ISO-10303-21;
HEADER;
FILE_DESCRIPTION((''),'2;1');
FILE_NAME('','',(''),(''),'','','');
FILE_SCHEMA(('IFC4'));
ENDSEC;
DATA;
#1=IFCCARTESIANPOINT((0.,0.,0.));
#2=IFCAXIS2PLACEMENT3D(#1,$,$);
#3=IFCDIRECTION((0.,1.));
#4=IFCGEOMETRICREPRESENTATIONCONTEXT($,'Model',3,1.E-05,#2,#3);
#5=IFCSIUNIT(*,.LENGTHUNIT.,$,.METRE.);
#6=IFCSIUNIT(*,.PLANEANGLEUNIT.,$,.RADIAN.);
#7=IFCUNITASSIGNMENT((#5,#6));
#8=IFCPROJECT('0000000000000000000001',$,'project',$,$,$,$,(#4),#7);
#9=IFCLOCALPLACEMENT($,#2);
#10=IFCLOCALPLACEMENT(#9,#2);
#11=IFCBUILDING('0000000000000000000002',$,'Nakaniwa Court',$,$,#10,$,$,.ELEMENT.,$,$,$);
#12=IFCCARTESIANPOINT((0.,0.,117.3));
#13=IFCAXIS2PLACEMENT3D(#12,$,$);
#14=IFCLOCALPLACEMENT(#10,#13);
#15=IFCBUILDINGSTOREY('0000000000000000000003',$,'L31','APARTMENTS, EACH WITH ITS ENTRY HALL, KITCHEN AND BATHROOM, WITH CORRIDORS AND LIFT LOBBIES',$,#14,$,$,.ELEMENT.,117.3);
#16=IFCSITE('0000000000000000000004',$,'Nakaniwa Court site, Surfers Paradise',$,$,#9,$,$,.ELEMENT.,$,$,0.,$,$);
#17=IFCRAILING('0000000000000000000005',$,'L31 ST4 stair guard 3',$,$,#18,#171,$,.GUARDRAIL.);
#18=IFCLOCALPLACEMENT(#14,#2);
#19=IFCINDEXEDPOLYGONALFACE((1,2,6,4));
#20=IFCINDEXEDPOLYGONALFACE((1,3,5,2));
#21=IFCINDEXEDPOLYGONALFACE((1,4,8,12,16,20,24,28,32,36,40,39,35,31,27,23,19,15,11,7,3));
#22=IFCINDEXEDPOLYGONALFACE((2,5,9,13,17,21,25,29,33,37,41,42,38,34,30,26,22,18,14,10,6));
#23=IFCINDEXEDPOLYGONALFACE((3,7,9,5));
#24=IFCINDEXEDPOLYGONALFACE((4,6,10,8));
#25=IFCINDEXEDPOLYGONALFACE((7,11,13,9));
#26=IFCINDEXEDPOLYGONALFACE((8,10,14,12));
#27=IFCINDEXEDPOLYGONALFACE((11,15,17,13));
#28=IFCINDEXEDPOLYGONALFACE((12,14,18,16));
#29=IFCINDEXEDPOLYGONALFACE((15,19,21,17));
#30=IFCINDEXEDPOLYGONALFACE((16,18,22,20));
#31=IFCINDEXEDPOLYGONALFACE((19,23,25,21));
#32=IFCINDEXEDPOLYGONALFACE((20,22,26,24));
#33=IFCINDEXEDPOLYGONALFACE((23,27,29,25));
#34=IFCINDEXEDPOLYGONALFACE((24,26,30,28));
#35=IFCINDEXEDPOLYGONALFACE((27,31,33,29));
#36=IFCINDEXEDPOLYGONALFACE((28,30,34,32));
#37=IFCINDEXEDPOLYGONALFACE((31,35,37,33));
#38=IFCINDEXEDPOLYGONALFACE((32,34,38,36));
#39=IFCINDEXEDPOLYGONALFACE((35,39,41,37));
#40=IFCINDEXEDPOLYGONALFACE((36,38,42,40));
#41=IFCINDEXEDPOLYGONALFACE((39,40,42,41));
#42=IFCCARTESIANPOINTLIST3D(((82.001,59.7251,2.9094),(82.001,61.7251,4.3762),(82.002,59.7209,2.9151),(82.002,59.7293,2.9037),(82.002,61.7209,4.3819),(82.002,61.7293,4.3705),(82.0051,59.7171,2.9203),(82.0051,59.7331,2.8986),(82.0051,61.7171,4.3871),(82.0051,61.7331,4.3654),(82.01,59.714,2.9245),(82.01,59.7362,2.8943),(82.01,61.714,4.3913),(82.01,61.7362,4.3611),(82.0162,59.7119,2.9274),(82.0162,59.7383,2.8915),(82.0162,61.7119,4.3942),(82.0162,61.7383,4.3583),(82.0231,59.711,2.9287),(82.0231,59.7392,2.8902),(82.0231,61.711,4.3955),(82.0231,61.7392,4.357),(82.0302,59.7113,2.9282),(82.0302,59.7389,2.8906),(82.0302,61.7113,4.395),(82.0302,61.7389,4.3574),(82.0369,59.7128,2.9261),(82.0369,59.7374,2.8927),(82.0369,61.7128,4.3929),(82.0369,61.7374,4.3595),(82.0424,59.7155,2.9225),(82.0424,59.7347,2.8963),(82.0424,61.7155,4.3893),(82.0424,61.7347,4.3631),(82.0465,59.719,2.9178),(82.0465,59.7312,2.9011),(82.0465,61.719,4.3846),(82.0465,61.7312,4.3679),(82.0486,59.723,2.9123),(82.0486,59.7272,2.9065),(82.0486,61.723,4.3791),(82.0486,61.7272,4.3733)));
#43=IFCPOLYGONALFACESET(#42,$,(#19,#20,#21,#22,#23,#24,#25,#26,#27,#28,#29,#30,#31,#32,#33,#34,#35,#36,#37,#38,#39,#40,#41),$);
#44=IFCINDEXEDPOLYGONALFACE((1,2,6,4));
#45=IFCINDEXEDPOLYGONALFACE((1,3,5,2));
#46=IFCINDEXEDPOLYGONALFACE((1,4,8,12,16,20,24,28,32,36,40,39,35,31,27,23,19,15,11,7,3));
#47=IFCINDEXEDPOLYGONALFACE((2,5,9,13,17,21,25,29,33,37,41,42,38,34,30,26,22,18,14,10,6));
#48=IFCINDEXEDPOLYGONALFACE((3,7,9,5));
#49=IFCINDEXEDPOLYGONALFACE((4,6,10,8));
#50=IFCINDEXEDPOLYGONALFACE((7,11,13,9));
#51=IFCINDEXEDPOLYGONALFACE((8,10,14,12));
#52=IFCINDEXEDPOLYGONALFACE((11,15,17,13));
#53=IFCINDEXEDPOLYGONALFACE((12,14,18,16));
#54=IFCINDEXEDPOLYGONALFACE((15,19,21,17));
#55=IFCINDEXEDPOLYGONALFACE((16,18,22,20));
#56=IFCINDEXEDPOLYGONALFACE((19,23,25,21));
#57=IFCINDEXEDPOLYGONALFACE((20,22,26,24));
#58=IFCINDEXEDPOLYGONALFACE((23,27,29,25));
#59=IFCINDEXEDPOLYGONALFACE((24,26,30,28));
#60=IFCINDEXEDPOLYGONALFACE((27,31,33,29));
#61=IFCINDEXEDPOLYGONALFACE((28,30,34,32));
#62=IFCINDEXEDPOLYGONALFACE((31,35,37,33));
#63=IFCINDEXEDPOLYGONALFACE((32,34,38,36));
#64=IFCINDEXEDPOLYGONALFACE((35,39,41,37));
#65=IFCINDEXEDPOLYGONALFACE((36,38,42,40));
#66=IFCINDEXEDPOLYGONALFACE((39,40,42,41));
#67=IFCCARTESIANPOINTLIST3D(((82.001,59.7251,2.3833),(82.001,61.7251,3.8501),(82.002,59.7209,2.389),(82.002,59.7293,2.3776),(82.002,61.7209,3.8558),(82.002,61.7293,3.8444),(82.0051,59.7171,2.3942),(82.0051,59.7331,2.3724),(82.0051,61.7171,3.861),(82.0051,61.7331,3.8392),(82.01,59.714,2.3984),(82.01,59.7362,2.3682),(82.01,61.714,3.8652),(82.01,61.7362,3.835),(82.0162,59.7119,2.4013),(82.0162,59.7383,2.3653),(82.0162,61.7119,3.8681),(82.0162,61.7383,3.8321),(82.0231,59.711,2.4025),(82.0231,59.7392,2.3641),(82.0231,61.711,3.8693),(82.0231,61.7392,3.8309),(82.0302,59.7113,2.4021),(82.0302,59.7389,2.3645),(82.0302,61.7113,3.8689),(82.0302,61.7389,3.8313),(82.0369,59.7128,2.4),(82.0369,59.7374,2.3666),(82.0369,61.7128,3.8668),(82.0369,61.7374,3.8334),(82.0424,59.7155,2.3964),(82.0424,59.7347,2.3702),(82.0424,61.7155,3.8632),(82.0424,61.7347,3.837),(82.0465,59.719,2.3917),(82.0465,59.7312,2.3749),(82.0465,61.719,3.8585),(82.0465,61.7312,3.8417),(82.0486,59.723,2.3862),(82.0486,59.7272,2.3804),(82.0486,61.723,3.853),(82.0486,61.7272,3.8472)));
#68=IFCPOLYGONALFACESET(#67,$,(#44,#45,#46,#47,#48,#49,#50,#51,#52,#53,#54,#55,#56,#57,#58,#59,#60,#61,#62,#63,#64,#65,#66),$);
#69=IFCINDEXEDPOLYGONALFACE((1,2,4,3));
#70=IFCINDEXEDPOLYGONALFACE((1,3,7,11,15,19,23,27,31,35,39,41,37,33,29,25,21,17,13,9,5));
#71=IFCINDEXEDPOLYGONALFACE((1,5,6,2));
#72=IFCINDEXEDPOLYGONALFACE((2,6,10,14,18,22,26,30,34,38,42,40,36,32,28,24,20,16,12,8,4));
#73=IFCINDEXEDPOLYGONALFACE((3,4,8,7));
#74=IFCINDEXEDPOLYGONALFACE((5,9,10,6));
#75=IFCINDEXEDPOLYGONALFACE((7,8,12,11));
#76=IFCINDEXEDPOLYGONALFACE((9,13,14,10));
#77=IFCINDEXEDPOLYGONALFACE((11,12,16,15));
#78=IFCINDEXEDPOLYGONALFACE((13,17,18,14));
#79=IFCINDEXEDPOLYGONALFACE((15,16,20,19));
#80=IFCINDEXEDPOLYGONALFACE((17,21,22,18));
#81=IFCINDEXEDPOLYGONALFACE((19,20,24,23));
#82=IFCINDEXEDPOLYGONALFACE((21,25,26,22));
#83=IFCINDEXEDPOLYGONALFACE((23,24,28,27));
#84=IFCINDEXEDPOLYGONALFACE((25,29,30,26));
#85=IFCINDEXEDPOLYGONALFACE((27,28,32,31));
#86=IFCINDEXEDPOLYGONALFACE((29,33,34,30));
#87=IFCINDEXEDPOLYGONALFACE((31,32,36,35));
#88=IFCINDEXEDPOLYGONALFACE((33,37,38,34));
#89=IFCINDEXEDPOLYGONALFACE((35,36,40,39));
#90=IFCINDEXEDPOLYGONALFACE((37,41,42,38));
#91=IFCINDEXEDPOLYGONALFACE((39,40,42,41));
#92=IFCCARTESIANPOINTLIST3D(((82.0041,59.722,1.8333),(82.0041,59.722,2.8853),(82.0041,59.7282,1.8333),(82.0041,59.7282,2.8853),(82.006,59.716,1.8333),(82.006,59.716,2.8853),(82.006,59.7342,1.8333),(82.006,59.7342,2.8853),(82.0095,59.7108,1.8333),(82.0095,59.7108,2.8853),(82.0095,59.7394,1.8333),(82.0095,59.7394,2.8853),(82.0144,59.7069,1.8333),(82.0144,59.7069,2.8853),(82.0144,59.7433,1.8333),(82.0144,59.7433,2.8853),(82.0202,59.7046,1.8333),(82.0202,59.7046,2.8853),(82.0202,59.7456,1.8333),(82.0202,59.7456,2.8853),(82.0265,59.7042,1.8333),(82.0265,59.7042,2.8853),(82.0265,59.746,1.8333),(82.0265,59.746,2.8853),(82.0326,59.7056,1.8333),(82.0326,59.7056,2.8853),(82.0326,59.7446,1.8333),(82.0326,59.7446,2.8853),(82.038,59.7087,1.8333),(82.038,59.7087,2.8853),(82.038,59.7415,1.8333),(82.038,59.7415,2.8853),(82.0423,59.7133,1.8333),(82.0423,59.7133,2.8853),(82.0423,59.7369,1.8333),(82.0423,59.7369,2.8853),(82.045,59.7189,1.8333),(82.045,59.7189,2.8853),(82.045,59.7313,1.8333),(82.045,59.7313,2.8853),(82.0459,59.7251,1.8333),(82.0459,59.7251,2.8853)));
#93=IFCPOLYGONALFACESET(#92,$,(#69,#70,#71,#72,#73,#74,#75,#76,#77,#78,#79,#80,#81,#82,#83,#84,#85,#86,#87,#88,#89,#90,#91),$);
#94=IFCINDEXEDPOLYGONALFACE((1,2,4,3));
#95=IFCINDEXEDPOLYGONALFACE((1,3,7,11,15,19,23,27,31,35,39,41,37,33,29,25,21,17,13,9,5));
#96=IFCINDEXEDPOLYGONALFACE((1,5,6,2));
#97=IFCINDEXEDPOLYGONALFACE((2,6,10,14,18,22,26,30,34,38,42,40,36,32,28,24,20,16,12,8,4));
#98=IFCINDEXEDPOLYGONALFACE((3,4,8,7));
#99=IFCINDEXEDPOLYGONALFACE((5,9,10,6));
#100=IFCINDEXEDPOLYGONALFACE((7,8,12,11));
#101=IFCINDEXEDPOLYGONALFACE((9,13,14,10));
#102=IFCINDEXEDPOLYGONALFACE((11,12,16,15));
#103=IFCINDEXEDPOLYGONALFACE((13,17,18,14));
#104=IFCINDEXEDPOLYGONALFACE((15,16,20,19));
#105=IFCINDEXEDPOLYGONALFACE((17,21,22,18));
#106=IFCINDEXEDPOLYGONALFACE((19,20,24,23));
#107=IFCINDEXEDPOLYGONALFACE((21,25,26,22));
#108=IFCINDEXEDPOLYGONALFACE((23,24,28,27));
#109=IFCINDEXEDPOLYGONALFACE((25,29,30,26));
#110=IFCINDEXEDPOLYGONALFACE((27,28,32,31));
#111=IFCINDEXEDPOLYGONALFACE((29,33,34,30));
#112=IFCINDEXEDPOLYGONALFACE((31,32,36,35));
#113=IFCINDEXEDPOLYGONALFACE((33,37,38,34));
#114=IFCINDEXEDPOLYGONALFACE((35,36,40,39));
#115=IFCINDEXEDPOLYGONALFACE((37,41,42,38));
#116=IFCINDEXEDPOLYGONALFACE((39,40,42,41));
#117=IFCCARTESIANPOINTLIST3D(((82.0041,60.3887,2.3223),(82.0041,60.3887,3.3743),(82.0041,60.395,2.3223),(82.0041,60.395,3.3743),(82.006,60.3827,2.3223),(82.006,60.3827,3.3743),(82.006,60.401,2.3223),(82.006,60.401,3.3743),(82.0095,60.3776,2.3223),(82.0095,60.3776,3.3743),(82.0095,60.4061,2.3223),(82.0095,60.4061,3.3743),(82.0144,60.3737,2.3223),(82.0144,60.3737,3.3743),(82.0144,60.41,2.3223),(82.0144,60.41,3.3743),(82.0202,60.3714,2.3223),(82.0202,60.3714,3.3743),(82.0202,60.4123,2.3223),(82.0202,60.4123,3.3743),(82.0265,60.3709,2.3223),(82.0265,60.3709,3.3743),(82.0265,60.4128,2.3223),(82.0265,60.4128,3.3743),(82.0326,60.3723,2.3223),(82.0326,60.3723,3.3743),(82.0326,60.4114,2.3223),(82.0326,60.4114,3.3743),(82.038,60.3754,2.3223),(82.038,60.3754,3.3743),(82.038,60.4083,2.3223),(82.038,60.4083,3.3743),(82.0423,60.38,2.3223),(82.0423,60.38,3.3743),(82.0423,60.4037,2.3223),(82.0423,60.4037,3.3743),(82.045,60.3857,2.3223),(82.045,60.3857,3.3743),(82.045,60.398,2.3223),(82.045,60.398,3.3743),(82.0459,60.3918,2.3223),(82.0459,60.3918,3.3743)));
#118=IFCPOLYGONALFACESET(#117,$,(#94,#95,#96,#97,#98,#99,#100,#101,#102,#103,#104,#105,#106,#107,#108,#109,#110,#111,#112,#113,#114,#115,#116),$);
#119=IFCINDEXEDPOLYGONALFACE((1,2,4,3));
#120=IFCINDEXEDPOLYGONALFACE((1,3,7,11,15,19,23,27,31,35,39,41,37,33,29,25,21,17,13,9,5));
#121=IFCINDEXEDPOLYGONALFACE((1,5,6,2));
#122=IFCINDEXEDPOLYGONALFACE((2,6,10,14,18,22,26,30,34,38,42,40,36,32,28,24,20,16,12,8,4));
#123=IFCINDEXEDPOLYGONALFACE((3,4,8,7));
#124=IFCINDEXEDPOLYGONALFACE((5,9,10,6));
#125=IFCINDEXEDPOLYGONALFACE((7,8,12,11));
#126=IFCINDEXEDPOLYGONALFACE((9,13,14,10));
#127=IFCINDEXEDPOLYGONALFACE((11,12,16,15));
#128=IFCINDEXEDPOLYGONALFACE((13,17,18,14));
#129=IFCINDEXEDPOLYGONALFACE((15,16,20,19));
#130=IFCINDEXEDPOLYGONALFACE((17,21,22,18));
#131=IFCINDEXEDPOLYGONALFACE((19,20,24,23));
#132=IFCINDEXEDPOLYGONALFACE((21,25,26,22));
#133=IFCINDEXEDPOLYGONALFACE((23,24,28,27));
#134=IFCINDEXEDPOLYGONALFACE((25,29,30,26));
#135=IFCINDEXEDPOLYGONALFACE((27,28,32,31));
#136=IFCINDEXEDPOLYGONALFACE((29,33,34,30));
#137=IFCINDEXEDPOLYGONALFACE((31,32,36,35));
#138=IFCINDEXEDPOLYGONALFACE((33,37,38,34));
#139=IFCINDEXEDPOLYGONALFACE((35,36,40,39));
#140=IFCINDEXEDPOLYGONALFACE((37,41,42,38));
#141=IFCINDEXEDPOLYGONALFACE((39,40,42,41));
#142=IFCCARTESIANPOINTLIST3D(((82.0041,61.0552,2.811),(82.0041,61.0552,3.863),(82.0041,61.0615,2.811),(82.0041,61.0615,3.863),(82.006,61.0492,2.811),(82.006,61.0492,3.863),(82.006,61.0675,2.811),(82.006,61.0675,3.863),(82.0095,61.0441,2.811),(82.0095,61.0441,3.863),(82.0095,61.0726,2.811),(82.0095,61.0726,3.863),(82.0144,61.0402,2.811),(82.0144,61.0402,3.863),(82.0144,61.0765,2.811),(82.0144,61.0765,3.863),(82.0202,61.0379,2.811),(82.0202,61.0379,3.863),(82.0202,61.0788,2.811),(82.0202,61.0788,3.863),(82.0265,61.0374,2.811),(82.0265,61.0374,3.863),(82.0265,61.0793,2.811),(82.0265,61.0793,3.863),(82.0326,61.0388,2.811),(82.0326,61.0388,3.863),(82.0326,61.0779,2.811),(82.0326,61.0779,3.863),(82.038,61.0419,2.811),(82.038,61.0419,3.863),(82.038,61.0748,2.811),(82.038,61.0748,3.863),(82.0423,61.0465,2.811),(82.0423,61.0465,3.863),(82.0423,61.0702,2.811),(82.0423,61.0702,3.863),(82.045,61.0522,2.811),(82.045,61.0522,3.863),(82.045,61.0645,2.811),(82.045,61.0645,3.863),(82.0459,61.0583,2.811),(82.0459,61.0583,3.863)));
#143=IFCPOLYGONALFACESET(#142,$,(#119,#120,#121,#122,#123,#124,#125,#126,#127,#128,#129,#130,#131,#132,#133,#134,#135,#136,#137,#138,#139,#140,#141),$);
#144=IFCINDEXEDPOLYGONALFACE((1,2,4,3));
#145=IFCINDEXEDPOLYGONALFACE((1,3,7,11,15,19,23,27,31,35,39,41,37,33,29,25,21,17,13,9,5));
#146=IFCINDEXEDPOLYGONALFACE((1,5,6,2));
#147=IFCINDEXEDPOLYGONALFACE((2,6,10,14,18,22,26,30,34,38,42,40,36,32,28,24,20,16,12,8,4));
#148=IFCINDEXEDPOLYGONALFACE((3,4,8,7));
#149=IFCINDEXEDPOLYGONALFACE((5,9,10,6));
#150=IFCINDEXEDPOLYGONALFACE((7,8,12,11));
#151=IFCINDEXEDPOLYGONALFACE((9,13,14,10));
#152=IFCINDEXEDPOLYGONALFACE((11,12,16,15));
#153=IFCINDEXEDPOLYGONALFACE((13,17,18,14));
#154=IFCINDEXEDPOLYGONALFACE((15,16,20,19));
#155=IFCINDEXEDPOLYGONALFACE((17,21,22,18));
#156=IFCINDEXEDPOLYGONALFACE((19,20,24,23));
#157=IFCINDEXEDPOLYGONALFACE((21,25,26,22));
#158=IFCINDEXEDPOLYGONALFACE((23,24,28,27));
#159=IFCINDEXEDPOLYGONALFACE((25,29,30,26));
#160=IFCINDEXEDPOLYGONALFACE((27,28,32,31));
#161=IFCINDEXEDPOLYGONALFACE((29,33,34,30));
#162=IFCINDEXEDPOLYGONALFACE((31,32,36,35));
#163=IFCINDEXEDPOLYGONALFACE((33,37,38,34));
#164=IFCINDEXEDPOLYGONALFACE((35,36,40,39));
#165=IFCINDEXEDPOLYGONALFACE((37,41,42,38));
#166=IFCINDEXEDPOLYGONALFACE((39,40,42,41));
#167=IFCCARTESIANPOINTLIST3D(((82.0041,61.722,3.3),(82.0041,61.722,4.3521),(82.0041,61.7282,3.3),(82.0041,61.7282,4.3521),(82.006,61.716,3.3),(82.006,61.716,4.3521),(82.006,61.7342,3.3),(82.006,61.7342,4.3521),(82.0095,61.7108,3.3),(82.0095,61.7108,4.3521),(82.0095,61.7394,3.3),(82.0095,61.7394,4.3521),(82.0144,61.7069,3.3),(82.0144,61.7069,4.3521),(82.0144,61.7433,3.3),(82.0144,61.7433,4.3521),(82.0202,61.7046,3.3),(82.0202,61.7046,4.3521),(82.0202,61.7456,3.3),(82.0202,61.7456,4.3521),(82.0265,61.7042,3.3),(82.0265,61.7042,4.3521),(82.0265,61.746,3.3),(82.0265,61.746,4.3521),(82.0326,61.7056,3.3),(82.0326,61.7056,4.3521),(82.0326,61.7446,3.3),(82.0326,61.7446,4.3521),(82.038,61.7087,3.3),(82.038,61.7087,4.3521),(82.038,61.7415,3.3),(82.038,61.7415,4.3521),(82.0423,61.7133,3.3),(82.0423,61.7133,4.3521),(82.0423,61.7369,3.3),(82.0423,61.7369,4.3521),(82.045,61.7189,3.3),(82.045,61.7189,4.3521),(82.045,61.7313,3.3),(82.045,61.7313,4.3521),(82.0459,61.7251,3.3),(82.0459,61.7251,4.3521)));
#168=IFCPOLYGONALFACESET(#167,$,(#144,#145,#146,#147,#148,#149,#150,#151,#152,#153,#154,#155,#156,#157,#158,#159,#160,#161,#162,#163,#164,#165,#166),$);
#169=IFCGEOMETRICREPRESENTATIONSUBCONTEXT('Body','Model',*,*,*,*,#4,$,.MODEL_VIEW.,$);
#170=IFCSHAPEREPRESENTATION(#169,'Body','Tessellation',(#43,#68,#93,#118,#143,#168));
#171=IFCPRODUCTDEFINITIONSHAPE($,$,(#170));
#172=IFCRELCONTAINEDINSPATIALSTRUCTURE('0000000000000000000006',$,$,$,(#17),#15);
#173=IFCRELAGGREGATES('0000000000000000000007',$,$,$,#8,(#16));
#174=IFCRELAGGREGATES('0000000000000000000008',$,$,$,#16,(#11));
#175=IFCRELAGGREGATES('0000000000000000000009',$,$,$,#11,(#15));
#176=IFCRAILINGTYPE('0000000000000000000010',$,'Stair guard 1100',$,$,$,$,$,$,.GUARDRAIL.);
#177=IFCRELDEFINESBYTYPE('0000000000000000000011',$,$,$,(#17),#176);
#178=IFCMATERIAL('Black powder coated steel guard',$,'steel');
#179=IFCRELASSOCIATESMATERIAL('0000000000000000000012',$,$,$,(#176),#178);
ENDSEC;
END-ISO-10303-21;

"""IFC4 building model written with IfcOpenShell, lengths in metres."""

from ifc_helpers import new_model, si_unit, direction, frame, origin, origin_2d, place, context, subcontext, project, spatial, circle, extrude, material, type_object, element, save


model = new_model("IFC4")

# Units and contexts
model_context = context("Model", 3, precision=1e-05, world=origin(), true_north=direction((0.0, 1.0)))
body_context = subcontext(model_context, "Body", "Model", "MODEL_VIEW")
ifc_project = project(units=[si_unit("LENGTHUNIT", "METRE"), si_unit("PLANEANGLEUNIT", "RADIAN")], contexts=[model_context])

# Site, building, storey
site_placement = place(None, origin())
site = spatial("IfcSite", under=ifc_project, at=site_placement, Name="Nakaniwa Court site, Surfers Paradise", CompositionType="ELEMENT", RefElevation=0.0)
building_placement = place(site_placement, origin())
building = spatial("IfcBuilding", under=site, at=building_placement, Name="Nakaniwa Court", CompositionType="ELEMENT")
storey_placement = place(building_placement, frame((0.0, 0.0, 117.3)))
storey = spatial("IfcBuildingStorey", under=building, at=storey_placement, Name="L31", Description="APARTMENTS, EACH WITH ITS ENTRY HALL, KITCHEN AND BATHROOM, WITH CORRIDORS AND LIFT LOBBIES", CompositionType="ELEMENT", Elevation=117.3)

# Railing
ifc_material_1 = material(Name="Black powder coated steel guard", Category="steel")
railing_type_1 = type_object("IfcRailingType", Name="Stair guard 1100", PredefinedType="GUARDRAIL", material=ifc_material_1)
railing_1_placement = place(storey_placement, frame((82.0249, 59.7251, 1.8333)))
element("IfcRailing", 1, at=railing_1_placement, inside=storey, type_object=railing_type_1, Name="L31 ST4 stair guard 3", PredefinedType="GUARDRAIL", context=body_context, shape_type="SweptSolid", body=[
    extrude(circle(Radius=0.0239, at=origin_2d()), frame((0.0, 0.0, 1.0762), z_axis=(0.0, 0.80638, 0.591398), x_axis=(-1.0, 0.0, 0.0)), (0.0, 0.0, 1.0), 2.4802),
    extrude(circle(Radius=0.0239, at=origin_2d()), frame((0.0, 0.0, 0.55), z_axis=(0.0, 0.80638, 0.591398), x_axis=(-1.0, 0.0, 0.0)), (0.0, 0.0, 1.0), 2.4802),
    extrude(circle(Radius=0.021, at=origin_2d()), origin(), (0.0, 0.0, 1.0), 1.052),
    extrude(circle(Radius=0.021, at=origin_2d()), frame((0.0, 0.6667, 0.489)), (0.0, 0.0, 1.0), 1.052),
    extrude(circle(Radius=0.021, at=origin_2d()), frame((0.0, 1.3333, 0.9778)), (0.0, 0.0, 1.0), 1.052),
    extrude(circle(Radius=0.021, at=origin_2d()), frame((0.0, 2.0, 1.4668)), (0.0, 0.0, 1.0), 1.052),
])

save(model, "model.ifc")
